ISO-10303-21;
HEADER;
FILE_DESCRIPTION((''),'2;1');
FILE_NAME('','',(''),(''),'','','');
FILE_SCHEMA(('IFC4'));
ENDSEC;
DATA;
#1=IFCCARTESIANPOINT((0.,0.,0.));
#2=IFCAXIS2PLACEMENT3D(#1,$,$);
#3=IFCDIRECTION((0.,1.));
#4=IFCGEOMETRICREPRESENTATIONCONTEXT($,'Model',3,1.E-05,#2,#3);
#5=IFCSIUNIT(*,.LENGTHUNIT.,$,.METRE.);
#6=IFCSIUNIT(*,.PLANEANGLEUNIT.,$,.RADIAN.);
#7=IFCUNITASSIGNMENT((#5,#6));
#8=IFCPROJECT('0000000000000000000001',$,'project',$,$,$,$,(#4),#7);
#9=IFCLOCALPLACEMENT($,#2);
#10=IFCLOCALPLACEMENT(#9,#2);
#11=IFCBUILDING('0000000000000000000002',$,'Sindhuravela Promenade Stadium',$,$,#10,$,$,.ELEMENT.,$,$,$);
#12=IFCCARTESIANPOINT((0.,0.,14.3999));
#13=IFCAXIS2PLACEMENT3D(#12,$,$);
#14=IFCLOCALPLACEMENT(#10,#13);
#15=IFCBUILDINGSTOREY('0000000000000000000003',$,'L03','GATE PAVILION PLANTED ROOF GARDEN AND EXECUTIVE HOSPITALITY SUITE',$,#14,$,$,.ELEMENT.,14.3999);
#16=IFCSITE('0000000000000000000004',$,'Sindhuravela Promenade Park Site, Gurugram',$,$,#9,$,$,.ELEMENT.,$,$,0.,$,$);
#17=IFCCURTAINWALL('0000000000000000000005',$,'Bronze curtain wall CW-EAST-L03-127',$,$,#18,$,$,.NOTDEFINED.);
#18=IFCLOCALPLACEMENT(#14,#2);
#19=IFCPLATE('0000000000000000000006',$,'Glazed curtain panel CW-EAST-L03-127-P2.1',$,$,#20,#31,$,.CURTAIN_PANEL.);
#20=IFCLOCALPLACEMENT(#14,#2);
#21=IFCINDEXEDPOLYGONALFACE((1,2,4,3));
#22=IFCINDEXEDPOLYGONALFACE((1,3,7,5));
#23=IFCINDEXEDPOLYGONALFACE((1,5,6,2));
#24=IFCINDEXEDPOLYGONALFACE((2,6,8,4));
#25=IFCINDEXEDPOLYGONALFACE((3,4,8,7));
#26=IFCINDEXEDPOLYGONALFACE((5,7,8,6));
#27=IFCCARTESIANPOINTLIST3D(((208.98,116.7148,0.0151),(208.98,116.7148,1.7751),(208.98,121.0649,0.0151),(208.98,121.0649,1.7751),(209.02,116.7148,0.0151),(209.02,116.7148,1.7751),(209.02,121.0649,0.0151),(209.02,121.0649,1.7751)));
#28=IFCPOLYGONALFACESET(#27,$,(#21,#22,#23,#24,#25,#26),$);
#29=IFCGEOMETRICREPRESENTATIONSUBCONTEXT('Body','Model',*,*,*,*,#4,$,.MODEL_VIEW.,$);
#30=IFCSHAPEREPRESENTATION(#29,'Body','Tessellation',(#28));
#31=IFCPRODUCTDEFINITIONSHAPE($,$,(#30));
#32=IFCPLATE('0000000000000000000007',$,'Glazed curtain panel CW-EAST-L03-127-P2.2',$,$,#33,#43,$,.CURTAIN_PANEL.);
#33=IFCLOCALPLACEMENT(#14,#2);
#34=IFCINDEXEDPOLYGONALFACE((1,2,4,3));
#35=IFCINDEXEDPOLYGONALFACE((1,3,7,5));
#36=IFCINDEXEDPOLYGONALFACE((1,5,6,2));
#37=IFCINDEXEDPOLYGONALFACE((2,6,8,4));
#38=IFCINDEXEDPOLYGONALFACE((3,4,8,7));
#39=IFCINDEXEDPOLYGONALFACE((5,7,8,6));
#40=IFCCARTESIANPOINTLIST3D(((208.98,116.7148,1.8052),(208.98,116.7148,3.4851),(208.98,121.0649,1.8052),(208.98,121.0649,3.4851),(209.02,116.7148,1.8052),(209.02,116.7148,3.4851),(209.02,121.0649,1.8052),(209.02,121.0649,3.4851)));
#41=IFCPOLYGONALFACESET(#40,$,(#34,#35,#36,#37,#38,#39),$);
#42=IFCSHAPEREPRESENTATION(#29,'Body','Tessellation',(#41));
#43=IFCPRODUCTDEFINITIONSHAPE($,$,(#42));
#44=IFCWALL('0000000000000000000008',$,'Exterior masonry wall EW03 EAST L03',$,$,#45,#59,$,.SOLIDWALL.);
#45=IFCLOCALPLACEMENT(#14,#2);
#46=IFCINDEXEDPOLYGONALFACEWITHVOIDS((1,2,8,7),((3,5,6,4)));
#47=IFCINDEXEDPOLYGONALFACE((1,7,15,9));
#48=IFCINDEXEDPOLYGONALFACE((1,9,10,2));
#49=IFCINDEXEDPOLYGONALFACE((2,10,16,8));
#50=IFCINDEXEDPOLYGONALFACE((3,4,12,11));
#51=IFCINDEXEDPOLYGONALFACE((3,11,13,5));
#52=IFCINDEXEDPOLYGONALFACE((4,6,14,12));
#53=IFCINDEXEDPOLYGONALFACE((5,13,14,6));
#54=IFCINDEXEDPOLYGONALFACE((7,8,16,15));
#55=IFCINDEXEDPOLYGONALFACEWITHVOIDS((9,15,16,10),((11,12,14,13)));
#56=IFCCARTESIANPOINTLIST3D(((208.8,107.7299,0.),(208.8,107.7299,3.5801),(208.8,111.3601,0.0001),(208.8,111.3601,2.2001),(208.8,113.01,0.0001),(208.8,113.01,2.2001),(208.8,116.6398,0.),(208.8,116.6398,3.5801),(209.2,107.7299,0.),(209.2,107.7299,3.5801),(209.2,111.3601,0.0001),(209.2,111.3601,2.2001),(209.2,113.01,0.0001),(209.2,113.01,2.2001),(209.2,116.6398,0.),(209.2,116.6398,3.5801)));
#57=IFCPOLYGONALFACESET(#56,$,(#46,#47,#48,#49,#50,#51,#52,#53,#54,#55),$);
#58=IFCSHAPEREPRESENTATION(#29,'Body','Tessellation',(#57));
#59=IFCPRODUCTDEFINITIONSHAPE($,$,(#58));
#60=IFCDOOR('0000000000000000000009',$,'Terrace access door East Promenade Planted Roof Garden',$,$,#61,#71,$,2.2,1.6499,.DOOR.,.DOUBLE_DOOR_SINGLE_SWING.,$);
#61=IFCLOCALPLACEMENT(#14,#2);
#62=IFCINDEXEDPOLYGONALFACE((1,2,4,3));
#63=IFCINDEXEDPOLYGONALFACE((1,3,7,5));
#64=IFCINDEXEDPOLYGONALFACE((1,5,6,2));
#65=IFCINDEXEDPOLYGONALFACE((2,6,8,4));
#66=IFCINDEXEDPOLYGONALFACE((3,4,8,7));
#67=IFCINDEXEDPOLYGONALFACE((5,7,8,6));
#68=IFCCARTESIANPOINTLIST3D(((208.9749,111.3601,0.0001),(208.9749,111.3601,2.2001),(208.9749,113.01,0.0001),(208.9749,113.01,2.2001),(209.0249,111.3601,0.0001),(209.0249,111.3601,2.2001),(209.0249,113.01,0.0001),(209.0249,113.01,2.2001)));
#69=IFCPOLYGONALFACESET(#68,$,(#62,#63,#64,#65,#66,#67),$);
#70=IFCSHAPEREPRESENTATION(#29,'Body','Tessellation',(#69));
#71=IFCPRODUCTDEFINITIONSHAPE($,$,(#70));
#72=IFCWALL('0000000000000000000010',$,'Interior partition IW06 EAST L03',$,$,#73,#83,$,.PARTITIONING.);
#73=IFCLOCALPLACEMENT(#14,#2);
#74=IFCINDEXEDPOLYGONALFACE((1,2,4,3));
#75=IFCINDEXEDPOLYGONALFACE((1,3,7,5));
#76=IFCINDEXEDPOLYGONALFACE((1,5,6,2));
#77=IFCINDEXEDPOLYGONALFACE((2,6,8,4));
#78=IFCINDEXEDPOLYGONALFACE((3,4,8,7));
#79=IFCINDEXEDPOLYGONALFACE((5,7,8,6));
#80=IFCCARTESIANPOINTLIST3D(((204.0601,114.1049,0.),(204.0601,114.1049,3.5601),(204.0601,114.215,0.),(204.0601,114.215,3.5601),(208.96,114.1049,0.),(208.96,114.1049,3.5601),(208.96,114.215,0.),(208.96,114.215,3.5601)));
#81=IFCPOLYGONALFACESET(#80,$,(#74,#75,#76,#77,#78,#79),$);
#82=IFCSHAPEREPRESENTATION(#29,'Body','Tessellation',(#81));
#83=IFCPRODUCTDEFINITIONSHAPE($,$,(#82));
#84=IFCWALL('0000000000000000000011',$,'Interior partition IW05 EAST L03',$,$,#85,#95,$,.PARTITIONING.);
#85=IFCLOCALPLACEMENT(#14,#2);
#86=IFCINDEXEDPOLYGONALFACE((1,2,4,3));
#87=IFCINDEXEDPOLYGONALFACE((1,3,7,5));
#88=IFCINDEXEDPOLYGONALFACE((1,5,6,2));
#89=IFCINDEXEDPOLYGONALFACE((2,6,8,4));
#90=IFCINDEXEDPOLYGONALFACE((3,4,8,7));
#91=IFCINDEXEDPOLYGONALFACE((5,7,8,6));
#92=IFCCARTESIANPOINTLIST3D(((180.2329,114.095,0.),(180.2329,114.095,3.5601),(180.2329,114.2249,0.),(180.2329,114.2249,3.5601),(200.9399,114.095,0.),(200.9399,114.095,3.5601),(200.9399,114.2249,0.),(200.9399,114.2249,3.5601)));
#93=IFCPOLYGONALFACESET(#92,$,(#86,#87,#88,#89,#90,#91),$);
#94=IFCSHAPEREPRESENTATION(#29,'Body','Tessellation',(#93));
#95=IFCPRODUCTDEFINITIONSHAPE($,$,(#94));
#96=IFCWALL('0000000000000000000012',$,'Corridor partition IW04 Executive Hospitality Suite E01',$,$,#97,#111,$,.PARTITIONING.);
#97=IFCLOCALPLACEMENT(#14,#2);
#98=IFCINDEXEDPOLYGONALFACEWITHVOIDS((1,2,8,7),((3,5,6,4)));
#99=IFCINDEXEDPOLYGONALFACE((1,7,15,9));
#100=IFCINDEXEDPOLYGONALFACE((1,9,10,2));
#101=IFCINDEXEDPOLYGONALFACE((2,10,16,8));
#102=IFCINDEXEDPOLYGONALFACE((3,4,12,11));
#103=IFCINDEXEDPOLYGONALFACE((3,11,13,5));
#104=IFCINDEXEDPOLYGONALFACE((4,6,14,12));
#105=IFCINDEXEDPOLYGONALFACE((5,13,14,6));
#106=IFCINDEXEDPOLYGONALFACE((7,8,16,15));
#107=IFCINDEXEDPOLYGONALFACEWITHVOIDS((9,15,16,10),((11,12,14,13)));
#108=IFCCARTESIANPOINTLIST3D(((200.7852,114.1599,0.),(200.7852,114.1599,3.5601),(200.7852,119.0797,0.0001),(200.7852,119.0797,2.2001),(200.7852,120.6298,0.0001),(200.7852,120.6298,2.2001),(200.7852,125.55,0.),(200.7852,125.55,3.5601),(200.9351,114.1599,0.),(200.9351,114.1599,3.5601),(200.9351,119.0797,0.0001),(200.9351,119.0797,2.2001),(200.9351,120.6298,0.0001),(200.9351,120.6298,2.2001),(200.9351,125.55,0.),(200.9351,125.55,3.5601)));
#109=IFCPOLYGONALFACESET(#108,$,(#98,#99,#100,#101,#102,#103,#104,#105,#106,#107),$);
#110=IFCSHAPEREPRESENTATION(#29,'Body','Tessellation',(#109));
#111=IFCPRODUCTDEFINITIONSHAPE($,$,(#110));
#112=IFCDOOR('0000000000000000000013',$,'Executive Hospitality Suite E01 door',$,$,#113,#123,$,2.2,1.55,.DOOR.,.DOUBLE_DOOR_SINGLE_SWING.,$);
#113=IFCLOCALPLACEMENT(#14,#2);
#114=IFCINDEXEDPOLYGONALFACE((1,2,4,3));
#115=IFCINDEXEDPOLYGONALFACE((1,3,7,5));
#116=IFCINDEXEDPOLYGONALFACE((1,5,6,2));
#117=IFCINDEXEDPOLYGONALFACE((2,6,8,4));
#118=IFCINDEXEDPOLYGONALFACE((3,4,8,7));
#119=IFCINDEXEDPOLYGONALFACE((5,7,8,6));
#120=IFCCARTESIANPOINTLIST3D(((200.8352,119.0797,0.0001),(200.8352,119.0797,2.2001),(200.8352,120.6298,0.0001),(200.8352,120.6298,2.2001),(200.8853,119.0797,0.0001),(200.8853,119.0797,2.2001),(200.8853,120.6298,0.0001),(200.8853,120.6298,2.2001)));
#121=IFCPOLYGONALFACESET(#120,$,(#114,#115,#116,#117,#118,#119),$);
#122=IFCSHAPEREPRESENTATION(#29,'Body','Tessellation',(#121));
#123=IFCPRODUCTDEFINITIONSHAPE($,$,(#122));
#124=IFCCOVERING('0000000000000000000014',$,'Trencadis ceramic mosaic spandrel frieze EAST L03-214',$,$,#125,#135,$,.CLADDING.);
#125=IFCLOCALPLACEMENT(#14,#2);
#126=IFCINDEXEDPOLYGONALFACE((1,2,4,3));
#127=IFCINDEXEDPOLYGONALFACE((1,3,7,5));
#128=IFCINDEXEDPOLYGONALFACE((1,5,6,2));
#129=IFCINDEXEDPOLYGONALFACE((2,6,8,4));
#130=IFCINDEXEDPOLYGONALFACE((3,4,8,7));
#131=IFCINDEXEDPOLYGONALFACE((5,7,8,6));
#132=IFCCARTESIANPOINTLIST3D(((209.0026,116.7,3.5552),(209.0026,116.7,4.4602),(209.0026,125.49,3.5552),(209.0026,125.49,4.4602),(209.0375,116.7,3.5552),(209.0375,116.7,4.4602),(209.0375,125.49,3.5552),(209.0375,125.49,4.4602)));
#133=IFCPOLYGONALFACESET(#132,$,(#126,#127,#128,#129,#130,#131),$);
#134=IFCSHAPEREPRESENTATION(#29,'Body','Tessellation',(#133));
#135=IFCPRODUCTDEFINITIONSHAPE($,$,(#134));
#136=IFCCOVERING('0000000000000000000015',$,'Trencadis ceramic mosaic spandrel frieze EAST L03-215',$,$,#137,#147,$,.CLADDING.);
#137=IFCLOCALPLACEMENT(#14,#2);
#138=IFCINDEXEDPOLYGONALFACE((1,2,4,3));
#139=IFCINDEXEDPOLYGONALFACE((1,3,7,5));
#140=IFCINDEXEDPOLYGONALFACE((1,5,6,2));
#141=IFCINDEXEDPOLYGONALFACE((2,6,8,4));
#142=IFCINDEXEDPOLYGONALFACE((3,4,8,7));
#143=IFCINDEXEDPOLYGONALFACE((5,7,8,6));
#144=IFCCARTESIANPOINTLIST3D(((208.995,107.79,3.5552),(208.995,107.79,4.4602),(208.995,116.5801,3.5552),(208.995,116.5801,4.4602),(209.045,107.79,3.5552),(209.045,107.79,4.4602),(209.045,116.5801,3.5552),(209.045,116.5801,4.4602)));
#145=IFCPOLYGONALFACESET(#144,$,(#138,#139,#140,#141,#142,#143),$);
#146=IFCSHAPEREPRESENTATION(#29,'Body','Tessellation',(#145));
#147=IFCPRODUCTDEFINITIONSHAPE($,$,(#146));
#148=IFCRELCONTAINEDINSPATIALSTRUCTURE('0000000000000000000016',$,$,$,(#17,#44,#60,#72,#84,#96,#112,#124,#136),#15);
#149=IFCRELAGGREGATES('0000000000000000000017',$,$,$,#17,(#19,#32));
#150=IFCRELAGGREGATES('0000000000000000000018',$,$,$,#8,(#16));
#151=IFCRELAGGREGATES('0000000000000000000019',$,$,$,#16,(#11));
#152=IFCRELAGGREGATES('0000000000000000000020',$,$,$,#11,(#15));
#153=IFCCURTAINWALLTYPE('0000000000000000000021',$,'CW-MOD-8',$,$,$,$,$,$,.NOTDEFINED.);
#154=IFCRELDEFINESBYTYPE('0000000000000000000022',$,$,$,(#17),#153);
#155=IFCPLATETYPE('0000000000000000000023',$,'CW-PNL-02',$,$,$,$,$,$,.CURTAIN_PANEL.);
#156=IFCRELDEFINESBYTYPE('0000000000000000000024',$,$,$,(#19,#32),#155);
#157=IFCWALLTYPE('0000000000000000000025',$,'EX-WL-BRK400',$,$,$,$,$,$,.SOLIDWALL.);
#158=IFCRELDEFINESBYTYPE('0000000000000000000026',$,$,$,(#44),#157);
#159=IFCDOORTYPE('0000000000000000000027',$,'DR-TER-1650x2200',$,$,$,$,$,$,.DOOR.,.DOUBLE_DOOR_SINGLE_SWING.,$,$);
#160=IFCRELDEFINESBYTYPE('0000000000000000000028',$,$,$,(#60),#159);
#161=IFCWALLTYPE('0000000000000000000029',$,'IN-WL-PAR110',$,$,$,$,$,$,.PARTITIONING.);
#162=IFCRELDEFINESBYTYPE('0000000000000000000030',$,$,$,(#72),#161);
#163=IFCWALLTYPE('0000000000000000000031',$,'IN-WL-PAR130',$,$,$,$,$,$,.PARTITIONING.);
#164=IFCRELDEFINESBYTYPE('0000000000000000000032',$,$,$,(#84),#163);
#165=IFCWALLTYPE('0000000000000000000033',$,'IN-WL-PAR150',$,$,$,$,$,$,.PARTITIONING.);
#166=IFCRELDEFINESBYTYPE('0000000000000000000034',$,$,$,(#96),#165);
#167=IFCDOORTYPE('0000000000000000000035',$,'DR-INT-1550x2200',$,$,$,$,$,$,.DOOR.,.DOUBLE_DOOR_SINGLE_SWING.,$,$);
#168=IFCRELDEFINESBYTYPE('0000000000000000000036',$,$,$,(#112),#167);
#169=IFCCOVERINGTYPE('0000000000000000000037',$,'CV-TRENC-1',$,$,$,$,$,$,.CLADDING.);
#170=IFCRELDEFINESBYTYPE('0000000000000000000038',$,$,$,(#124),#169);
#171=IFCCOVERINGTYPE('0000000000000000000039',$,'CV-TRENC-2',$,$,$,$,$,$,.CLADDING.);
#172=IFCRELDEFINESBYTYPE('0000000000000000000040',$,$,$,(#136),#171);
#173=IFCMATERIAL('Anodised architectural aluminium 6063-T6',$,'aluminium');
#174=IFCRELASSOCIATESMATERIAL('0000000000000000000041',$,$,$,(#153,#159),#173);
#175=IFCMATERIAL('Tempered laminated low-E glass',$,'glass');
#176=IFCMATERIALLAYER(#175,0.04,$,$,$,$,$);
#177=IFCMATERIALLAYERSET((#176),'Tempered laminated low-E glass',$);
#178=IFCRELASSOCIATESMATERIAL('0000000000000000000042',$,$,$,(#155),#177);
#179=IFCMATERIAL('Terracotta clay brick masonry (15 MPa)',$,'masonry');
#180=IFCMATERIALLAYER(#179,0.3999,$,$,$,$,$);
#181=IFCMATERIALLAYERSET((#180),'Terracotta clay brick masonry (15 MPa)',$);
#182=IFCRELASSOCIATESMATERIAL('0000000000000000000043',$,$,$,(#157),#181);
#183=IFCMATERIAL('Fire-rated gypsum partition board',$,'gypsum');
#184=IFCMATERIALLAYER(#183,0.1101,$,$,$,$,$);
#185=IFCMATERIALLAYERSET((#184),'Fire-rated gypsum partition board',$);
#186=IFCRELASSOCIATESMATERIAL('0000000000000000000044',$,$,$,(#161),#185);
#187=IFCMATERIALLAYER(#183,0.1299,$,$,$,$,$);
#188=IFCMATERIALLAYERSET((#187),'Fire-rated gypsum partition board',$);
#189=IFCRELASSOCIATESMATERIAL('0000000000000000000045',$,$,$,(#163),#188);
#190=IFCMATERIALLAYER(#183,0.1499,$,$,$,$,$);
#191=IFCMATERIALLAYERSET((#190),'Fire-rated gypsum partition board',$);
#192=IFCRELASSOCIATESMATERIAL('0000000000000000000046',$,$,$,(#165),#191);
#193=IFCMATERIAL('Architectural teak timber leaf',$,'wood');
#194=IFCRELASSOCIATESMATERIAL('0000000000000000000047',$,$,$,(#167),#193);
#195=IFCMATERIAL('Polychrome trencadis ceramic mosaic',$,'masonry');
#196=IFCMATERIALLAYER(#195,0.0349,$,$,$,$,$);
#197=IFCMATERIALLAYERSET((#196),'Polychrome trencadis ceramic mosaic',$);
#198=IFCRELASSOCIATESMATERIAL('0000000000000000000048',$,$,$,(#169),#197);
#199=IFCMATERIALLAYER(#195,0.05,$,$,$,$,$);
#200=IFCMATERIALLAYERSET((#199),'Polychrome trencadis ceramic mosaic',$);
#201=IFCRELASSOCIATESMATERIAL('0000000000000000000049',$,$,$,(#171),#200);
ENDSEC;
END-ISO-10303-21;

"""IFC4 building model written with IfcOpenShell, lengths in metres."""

from ifc_helpers import new_model, si_unit, direction, frame, frame_2d, origin, origin_2d, place, context, subcontext, project, spatial, rectangle, extrude, material, layer, layer_set, type_object, element, fill, aggregate, save


model = new_model("IFC4")

# Units and contexts
model_context = context("Model", 3, precision=1e-05, world=origin(), true_north=direction((0.0, 1.0)))
body_context = subcontext(model_context, "Body", "Model", "MODEL_VIEW")
ifc_project = project(units=[si_unit("LENGTHUNIT", "METRE"), si_unit("PLANEANGLEUNIT", "RADIAN")], contexts=[model_context])

# Site, building, storey
site_placement = place(None, origin())
site = spatial("IfcSite", under=ifc_project, at=site_placement, Name="Sindhuravela Promenade Park Site, Gurugram", CompositionType="ELEMENT", RefElevation=0.0)
building_placement = place(site_placement, origin())
building = spatial("IfcBuilding", under=site, at=building_placement, Name="Sindhuravela Promenade Stadium", CompositionType="ELEMENT")
storey_placement = place(building_placement, frame((0.0, 0.0, 14.3999)))
storey = spatial("IfcBuildingStorey", under=building, at=storey_placement, Name="L03", Description="GATE PAVILION PLANTED ROOF GARDEN AND EXECUTIVE HOSPITALITY SUITE", CompositionType="ELEMENT", Elevation=14.3999)

# Curtain wall
ifc_material_1 = material(Name="Anodised architectural aluminium 6063-T6", Category="aluminium")
curtain_wall_type = type_object("IfcCurtainWallType", Name="CW-MOD-8", PredefinedType="NOTDEFINED", material=ifc_material_1)
curtain_wall_placement = place(storey_placement, origin())
curtain_wall = element("IfcCurtainWall", 1, at=curtain_wall_placement, inside=storey, type_object=curtain_wall_type, Name="Bronze curtain wall CW-EAST-L03-127", PredefinedType="NOTDEFINED")

# Plates
ifc_material_2 = material(Name="Tempered laminated low-E glass", Category="glass")
ifc_layer_1 = layer(ifc_material_2, 0.04)
ifc_layer_set_1 = layer_set([ifc_layer_1], Name="Tempered laminated low-E glass")
plate_type = type_object("IfcPlateType", Name="CW-PNL-02", PredefinedType="CURTAIN_PANEL", material=ifc_layer_set_1)
plate_1_placement = place(storey_placement, frame((209.0, 118.8899, 0.0151), z_axis=(0.0, 0.0, 1.0), x_axis=(0.0, -1.0, 0.0)))
plate_1 = element("IfcPlate", 2, at=plate_1_placement, type_object=plate_type, Name="Glazed curtain panel CW-EAST-L03-127-P2.1", PredefinedType="CURTAIN_PANEL", context=body_context, shape_type="SweptSolid", body=[
    extrude(rectangle(XDim=4.3501, YDim=0.04, at=origin_2d()), origin(), (0.0, 0.0, 1.0), 1.76),
])
plate_2_placement = place(storey_placement, frame((209.0, 118.8899, 1.8052), z_axis=(0.0, 0.0, 1.0), x_axis=(0.0, -1.0, 0.0)))
plate_2 = element("IfcPlate", 3, at=plate_2_placement, type_object=plate_type, Name="Glazed curtain panel CW-EAST-L03-127-P2.2", PredefinedType="CURTAIN_PANEL", context=body_context, shape_type="SweptSolid", body=[
    extrude(rectangle(XDim=4.3501, YDim=0.04, at=origin_2d()), origin(), (0.0, 0.0, 1.0), 1.6799),
])
aggregate(curtain_wall, [plate_1, plate_2])

# Wall, opening, door
ifc_material_3 = material(Name="Terracotta clay brick masonry (15 MPa)", Category="masonry")
ifc_layer_2 = layer(ifc_material_3, 0.3999)
ifc_layer_set_2 = layer_set([ifc_layer_2], Name="Terracotta clay brick masonry (15 MPa)")
wall_type_1 = type_object("IfcWallType", Name="EX-WL-BRK400", PredefinedType="SOLIDWALL", material=ifc_layer_set_2)
wall_1_placement = place(storey_placement, frame((209.0, 116.6399, 0.0), z_axis=(0.0, 0.0, 1.0), x_axis=(0.0, -1.0, 0.0)))
wall_1 = element("IfcWall", 4, at=wall_1_placement, inside=storey, type_object=wall_type_1, Name="Exterior masonry wall EW03 EAST L03", PredefinedType="SOLIDWALL", context=body_context, shape_type="SweptSolid", body=[
    extrude(rectangle(XDim=8.9099, YDim=0.3999, at=frame_2d((4.4551, 0.0))), origin(), (0.0, 0.0, 1.0), 3.5801),
])
opening_1_placement = place(wall_1_placement, frame((3.6299, 0.0, 0.0)))
opening_1 = element("IfcOpeningElement", 5, at=opening_1_placement, cuts=wall_1, PredefinedType="OPENING", context=body_context, shape_type="SweptSolid", body=[
    extrude(rectangle(XDim=1.6499, YDim=2.2, at=frame_2d((0.825, 1.1001))), frame((0.0, 0.21, 0.0), z_axis=(0.0, -1.0, 0.0), x_axis=(1.0, 0.0, 0.0)), (0.0, 0.0, 1.0), 0.4199),
])
door_type_1 = type_object("IfcDoorType", Name="DR-TER-1650x2200", OperationType="DOUBLE_DOOR_SINGLE_SWING", PredefinedType="DOOR", material=ifc_material_1)
door_1_placement = place(opening_1_placement, origin())
door_1 = element("IfcDoor", 6, at=door_1_placement, inside=storey, type_object=door_type_1, Name="Terrace access door East Promenade Planted Roof Garden", OperationType="DOUBLE_DOOR_SINGLE_SWING", OverallHeight=2.2, OverallWidth=1.6499, PredefinedType="DOOR", context=body_context, shape_type="SweptSolid", body=[
    extrude(rectangle(XDim=1.6499, YDim=2.2, at=frame_2d((0.825, 1.1001))), frame((0.0, 0.0249, 0.0), z_axis=(0.0, -1.0, 0.0), x_axis=(1.0, 0.0, 0.0)), (0.0, 0.0, 1.0), 0.05),
])
fill(opening_1, door_1)

# Walls
ifc_material_4 = material(Name="Fire-rated gypsum partition board", Category="gypsum")
ifc_layer_3 = layer(ifc_material_4, 0.1101)
ifc_layer_set_3 = layer_set([ifc_layer_3], Name="Fire-rated gypsum partition board")
wall_type_2 = type_object("IfcWallType", Name="IN-WL-PAR110", PredefinedType="PARTITIONING", material=ifc_layer_set_3)
wall_2_placement = place(storey_placement, frame((208.96, 114.1599, 0.0), z_axis=(0.0, 0.0, 1.0), x_axis=(-1.0, 0.0, 0.0)))
element("IfcWall", 7, at=wall_2_placement, inside=storey, type_object=wall_type_2, Name="Interior partition IW06 EAST L03", PredefinedType="PARTITIONING", context=body_context, shape_type="SweptSolid", body=[
    extrude(rectangle(XDim=4.8999, YDim=0.1101, at=frame_2d((2.45, 0.0))), origin(), (0.0, 0.0, 1.0), 3.5601),
])
ifc_layer_4 = layer(ifc_material_4, 0.1299)
ifc_layer_set_4 = layer_set([ifc_layer_4], Name="Fire-rated gypsum partition board")
wall_type_3 = type_object("IfcWallType", Name="IN-WL-PAR130", PredefinedType="PARTITIONING", material=ifc_layer_set_4)
wall_3_placement = place(storey_placement, frame((200.9399, 114.1599, 0.0), z_axis=(0.0, 0.0, 1.0), x_axis=(-1.0, 0.0, 0.0)))
element("IfcWall", 8, at=wall_3_placement, inside=storey, type_object=wall_type_3, Name="Interior partition IW05 EAST L03", PredefinedType="PARTITIONING", context=body_context, shape_type="SweptSolid", body=[
    extrude(rectangle(XDim=20.707, YDim=0.1299, at=frame_2d((10.3535, 0.0))), origin(), (0.0, 0.0, 1.0), 3.5601),
])

# Wall, opening, door
ifc_layer_5 = layer(ifc_material_4, 0.1499)
ifc_layer_set_5 = layer_set([ifc_layer_5], Name="Fire-rated gypsum partition board")
wall_type_4 = type_object("IfcWallType", Name="IN-WL-PAR150", PredefinedType="PARTITIONING", material=ifc_layer_set_5)
wall_4_placement = place(storey_placement, frame((200.8601, 114.1599, 0.0), z_axis=(0.0, 0.0, 1.0), x_axis=(0.0, 1.0, 0.0)))
wall_4 = element("IfcWall", 9, at=wall_4_placement, inside=storey, type_object=wall_type_4, Name="Corridor partition IW04 Executive Hospitality Suite E01", PredefinedType="PARTITIONING", context=body_context, shape_type="SweptSolid", body=[
    extrude(rectangle(XDim=11.3901, YDim=0.1499, at=frame_2d((5.6951, 0.0))), origin(), (0.0, 0.0, 1.0), 3.5601),
])
opening_2_placement = place(wall_4_placement, frame((4.9199, 0.0, 0.0)))
opening_2 = element("IfcOpeningElement", 10, at=opening_2_placement, cuts=wall_4, PredefinedType="OPENING", context=body_context, shape_type="SweptSolid", body=[
    extrude(rectangle(XDim=1.55, YDim=2.2, at=frame_2d((0.7749, 1.1001))), frame((0.0, 0.085, 0.0), z_axis=(0.0, -1.0, 0.0), x_axis=(1.0, 0.0, 0.0)), (0.0, 0.0, 1.0), 0.1699),
])
ifc_material_5 = material(Name="Architectural teak timber leaf", Category="wood")
door_type_2 = type_object("IfcDoorType", Name="DR-INT-1550x2200", OperationType="DOUBLE_DOOR_SINGLE_SWING", PredefinedType="DOOR", material=ifc_material_5)
door_2_placement = place(opening_2_placement, origin())
door_2 = element("IfcDoor", 11, at=door_2_placement, inside=storey, type_object=door_type_2, Name="Executive Hospitality Suite E01 door", OperationType="DOUBLE_DOOR_SINGLE_SWING", OverallHeight=2.2, OverallWidth=1.55, PredefinedType="DOOR", context=body_context, shape_type="SweptSolid", body=[
    extrude(rectangle(XDim=1.55, YDim=2.2, at=frame_2d((0.7749, 1.1001))), frame((0.0, 0.0249, 0.0), z_axis=(0.0, -1.0, 0.0), x_axis=(1.0, 0.0, 0.0)), (0.0, 0.0, 1.0), 0.05),
])
fill(opening_2, door_2)

# Coverings
ifc_material_6 = material(Name="Polychrome trencadis ceramic mosaic", Category="masonry")
ifc_layer_6 = layer(ifc_material_6, 0.0349)
ifc_layer_set_6 = layer_set([ifc_layer_6], Name="Polychrome trencadis ceramic mosaic")
covering_type_1 = type_object("IfcCoveringType", Name="CV-TRENC-1", PredefinedType="CLADDING", material=ifc_layer_set_6)
covering_1_placement = place(storey_placement, frame((209.02, 121.095, 3.5552), z_axis=(0.0, 0.0, 1.0), x_axis=(0.0, -1.0, 0.0)))
element("IfcCovering", 12, at=covering_1_placement, inside=storey, type_object=covering_type_1, Name="Trencadis ceramic mosaic spandrel frieze EAST L03-214", PredefinedType="CLADDING", context=body_context, shape_type="SweptSolid", body=[
    extrude(rectangle(XDim=8.79, YDim=0.0349, at=origin_2d()), origin(), (0.0, 0.0, 1.0), 0.905),
])
ifc_layer_7 = layer(ifc_material_6, 0.05)
ifc_layer_set_7 = layer_set([ifc_layer_7], Name="Polychrome trencadis ceramic mosaic")
covering_type_2 = type_object("IfcCoveringType", Name="CV-TRENC-2", PredefinedType="CLADDING", material=ifc_layer_set_7)
covering_2_placement = place(storey_placement, frame((209.02, 112.1851, 3.5552), z_axis=(0.0, 0.0, 1.0), x_axis=(0.0, -1.0, 0.0)))
element("IfcCovering", 13, at=covering_2_placement, inside=storey, type_object=covering_type_2, Name="Trencadis ceramic mosaic spandrel frieze EAST L03-215", PredefinedType="CLADDING", context=body_context, shape_type="SweptSolid", body=[
    extrude(rectangle(XDim=8.79, YDim=0.05, at=origin_2d()), origin(), (0.0, 0.0, 1.0), 0.905),
])

save(model, "model.ifc")
